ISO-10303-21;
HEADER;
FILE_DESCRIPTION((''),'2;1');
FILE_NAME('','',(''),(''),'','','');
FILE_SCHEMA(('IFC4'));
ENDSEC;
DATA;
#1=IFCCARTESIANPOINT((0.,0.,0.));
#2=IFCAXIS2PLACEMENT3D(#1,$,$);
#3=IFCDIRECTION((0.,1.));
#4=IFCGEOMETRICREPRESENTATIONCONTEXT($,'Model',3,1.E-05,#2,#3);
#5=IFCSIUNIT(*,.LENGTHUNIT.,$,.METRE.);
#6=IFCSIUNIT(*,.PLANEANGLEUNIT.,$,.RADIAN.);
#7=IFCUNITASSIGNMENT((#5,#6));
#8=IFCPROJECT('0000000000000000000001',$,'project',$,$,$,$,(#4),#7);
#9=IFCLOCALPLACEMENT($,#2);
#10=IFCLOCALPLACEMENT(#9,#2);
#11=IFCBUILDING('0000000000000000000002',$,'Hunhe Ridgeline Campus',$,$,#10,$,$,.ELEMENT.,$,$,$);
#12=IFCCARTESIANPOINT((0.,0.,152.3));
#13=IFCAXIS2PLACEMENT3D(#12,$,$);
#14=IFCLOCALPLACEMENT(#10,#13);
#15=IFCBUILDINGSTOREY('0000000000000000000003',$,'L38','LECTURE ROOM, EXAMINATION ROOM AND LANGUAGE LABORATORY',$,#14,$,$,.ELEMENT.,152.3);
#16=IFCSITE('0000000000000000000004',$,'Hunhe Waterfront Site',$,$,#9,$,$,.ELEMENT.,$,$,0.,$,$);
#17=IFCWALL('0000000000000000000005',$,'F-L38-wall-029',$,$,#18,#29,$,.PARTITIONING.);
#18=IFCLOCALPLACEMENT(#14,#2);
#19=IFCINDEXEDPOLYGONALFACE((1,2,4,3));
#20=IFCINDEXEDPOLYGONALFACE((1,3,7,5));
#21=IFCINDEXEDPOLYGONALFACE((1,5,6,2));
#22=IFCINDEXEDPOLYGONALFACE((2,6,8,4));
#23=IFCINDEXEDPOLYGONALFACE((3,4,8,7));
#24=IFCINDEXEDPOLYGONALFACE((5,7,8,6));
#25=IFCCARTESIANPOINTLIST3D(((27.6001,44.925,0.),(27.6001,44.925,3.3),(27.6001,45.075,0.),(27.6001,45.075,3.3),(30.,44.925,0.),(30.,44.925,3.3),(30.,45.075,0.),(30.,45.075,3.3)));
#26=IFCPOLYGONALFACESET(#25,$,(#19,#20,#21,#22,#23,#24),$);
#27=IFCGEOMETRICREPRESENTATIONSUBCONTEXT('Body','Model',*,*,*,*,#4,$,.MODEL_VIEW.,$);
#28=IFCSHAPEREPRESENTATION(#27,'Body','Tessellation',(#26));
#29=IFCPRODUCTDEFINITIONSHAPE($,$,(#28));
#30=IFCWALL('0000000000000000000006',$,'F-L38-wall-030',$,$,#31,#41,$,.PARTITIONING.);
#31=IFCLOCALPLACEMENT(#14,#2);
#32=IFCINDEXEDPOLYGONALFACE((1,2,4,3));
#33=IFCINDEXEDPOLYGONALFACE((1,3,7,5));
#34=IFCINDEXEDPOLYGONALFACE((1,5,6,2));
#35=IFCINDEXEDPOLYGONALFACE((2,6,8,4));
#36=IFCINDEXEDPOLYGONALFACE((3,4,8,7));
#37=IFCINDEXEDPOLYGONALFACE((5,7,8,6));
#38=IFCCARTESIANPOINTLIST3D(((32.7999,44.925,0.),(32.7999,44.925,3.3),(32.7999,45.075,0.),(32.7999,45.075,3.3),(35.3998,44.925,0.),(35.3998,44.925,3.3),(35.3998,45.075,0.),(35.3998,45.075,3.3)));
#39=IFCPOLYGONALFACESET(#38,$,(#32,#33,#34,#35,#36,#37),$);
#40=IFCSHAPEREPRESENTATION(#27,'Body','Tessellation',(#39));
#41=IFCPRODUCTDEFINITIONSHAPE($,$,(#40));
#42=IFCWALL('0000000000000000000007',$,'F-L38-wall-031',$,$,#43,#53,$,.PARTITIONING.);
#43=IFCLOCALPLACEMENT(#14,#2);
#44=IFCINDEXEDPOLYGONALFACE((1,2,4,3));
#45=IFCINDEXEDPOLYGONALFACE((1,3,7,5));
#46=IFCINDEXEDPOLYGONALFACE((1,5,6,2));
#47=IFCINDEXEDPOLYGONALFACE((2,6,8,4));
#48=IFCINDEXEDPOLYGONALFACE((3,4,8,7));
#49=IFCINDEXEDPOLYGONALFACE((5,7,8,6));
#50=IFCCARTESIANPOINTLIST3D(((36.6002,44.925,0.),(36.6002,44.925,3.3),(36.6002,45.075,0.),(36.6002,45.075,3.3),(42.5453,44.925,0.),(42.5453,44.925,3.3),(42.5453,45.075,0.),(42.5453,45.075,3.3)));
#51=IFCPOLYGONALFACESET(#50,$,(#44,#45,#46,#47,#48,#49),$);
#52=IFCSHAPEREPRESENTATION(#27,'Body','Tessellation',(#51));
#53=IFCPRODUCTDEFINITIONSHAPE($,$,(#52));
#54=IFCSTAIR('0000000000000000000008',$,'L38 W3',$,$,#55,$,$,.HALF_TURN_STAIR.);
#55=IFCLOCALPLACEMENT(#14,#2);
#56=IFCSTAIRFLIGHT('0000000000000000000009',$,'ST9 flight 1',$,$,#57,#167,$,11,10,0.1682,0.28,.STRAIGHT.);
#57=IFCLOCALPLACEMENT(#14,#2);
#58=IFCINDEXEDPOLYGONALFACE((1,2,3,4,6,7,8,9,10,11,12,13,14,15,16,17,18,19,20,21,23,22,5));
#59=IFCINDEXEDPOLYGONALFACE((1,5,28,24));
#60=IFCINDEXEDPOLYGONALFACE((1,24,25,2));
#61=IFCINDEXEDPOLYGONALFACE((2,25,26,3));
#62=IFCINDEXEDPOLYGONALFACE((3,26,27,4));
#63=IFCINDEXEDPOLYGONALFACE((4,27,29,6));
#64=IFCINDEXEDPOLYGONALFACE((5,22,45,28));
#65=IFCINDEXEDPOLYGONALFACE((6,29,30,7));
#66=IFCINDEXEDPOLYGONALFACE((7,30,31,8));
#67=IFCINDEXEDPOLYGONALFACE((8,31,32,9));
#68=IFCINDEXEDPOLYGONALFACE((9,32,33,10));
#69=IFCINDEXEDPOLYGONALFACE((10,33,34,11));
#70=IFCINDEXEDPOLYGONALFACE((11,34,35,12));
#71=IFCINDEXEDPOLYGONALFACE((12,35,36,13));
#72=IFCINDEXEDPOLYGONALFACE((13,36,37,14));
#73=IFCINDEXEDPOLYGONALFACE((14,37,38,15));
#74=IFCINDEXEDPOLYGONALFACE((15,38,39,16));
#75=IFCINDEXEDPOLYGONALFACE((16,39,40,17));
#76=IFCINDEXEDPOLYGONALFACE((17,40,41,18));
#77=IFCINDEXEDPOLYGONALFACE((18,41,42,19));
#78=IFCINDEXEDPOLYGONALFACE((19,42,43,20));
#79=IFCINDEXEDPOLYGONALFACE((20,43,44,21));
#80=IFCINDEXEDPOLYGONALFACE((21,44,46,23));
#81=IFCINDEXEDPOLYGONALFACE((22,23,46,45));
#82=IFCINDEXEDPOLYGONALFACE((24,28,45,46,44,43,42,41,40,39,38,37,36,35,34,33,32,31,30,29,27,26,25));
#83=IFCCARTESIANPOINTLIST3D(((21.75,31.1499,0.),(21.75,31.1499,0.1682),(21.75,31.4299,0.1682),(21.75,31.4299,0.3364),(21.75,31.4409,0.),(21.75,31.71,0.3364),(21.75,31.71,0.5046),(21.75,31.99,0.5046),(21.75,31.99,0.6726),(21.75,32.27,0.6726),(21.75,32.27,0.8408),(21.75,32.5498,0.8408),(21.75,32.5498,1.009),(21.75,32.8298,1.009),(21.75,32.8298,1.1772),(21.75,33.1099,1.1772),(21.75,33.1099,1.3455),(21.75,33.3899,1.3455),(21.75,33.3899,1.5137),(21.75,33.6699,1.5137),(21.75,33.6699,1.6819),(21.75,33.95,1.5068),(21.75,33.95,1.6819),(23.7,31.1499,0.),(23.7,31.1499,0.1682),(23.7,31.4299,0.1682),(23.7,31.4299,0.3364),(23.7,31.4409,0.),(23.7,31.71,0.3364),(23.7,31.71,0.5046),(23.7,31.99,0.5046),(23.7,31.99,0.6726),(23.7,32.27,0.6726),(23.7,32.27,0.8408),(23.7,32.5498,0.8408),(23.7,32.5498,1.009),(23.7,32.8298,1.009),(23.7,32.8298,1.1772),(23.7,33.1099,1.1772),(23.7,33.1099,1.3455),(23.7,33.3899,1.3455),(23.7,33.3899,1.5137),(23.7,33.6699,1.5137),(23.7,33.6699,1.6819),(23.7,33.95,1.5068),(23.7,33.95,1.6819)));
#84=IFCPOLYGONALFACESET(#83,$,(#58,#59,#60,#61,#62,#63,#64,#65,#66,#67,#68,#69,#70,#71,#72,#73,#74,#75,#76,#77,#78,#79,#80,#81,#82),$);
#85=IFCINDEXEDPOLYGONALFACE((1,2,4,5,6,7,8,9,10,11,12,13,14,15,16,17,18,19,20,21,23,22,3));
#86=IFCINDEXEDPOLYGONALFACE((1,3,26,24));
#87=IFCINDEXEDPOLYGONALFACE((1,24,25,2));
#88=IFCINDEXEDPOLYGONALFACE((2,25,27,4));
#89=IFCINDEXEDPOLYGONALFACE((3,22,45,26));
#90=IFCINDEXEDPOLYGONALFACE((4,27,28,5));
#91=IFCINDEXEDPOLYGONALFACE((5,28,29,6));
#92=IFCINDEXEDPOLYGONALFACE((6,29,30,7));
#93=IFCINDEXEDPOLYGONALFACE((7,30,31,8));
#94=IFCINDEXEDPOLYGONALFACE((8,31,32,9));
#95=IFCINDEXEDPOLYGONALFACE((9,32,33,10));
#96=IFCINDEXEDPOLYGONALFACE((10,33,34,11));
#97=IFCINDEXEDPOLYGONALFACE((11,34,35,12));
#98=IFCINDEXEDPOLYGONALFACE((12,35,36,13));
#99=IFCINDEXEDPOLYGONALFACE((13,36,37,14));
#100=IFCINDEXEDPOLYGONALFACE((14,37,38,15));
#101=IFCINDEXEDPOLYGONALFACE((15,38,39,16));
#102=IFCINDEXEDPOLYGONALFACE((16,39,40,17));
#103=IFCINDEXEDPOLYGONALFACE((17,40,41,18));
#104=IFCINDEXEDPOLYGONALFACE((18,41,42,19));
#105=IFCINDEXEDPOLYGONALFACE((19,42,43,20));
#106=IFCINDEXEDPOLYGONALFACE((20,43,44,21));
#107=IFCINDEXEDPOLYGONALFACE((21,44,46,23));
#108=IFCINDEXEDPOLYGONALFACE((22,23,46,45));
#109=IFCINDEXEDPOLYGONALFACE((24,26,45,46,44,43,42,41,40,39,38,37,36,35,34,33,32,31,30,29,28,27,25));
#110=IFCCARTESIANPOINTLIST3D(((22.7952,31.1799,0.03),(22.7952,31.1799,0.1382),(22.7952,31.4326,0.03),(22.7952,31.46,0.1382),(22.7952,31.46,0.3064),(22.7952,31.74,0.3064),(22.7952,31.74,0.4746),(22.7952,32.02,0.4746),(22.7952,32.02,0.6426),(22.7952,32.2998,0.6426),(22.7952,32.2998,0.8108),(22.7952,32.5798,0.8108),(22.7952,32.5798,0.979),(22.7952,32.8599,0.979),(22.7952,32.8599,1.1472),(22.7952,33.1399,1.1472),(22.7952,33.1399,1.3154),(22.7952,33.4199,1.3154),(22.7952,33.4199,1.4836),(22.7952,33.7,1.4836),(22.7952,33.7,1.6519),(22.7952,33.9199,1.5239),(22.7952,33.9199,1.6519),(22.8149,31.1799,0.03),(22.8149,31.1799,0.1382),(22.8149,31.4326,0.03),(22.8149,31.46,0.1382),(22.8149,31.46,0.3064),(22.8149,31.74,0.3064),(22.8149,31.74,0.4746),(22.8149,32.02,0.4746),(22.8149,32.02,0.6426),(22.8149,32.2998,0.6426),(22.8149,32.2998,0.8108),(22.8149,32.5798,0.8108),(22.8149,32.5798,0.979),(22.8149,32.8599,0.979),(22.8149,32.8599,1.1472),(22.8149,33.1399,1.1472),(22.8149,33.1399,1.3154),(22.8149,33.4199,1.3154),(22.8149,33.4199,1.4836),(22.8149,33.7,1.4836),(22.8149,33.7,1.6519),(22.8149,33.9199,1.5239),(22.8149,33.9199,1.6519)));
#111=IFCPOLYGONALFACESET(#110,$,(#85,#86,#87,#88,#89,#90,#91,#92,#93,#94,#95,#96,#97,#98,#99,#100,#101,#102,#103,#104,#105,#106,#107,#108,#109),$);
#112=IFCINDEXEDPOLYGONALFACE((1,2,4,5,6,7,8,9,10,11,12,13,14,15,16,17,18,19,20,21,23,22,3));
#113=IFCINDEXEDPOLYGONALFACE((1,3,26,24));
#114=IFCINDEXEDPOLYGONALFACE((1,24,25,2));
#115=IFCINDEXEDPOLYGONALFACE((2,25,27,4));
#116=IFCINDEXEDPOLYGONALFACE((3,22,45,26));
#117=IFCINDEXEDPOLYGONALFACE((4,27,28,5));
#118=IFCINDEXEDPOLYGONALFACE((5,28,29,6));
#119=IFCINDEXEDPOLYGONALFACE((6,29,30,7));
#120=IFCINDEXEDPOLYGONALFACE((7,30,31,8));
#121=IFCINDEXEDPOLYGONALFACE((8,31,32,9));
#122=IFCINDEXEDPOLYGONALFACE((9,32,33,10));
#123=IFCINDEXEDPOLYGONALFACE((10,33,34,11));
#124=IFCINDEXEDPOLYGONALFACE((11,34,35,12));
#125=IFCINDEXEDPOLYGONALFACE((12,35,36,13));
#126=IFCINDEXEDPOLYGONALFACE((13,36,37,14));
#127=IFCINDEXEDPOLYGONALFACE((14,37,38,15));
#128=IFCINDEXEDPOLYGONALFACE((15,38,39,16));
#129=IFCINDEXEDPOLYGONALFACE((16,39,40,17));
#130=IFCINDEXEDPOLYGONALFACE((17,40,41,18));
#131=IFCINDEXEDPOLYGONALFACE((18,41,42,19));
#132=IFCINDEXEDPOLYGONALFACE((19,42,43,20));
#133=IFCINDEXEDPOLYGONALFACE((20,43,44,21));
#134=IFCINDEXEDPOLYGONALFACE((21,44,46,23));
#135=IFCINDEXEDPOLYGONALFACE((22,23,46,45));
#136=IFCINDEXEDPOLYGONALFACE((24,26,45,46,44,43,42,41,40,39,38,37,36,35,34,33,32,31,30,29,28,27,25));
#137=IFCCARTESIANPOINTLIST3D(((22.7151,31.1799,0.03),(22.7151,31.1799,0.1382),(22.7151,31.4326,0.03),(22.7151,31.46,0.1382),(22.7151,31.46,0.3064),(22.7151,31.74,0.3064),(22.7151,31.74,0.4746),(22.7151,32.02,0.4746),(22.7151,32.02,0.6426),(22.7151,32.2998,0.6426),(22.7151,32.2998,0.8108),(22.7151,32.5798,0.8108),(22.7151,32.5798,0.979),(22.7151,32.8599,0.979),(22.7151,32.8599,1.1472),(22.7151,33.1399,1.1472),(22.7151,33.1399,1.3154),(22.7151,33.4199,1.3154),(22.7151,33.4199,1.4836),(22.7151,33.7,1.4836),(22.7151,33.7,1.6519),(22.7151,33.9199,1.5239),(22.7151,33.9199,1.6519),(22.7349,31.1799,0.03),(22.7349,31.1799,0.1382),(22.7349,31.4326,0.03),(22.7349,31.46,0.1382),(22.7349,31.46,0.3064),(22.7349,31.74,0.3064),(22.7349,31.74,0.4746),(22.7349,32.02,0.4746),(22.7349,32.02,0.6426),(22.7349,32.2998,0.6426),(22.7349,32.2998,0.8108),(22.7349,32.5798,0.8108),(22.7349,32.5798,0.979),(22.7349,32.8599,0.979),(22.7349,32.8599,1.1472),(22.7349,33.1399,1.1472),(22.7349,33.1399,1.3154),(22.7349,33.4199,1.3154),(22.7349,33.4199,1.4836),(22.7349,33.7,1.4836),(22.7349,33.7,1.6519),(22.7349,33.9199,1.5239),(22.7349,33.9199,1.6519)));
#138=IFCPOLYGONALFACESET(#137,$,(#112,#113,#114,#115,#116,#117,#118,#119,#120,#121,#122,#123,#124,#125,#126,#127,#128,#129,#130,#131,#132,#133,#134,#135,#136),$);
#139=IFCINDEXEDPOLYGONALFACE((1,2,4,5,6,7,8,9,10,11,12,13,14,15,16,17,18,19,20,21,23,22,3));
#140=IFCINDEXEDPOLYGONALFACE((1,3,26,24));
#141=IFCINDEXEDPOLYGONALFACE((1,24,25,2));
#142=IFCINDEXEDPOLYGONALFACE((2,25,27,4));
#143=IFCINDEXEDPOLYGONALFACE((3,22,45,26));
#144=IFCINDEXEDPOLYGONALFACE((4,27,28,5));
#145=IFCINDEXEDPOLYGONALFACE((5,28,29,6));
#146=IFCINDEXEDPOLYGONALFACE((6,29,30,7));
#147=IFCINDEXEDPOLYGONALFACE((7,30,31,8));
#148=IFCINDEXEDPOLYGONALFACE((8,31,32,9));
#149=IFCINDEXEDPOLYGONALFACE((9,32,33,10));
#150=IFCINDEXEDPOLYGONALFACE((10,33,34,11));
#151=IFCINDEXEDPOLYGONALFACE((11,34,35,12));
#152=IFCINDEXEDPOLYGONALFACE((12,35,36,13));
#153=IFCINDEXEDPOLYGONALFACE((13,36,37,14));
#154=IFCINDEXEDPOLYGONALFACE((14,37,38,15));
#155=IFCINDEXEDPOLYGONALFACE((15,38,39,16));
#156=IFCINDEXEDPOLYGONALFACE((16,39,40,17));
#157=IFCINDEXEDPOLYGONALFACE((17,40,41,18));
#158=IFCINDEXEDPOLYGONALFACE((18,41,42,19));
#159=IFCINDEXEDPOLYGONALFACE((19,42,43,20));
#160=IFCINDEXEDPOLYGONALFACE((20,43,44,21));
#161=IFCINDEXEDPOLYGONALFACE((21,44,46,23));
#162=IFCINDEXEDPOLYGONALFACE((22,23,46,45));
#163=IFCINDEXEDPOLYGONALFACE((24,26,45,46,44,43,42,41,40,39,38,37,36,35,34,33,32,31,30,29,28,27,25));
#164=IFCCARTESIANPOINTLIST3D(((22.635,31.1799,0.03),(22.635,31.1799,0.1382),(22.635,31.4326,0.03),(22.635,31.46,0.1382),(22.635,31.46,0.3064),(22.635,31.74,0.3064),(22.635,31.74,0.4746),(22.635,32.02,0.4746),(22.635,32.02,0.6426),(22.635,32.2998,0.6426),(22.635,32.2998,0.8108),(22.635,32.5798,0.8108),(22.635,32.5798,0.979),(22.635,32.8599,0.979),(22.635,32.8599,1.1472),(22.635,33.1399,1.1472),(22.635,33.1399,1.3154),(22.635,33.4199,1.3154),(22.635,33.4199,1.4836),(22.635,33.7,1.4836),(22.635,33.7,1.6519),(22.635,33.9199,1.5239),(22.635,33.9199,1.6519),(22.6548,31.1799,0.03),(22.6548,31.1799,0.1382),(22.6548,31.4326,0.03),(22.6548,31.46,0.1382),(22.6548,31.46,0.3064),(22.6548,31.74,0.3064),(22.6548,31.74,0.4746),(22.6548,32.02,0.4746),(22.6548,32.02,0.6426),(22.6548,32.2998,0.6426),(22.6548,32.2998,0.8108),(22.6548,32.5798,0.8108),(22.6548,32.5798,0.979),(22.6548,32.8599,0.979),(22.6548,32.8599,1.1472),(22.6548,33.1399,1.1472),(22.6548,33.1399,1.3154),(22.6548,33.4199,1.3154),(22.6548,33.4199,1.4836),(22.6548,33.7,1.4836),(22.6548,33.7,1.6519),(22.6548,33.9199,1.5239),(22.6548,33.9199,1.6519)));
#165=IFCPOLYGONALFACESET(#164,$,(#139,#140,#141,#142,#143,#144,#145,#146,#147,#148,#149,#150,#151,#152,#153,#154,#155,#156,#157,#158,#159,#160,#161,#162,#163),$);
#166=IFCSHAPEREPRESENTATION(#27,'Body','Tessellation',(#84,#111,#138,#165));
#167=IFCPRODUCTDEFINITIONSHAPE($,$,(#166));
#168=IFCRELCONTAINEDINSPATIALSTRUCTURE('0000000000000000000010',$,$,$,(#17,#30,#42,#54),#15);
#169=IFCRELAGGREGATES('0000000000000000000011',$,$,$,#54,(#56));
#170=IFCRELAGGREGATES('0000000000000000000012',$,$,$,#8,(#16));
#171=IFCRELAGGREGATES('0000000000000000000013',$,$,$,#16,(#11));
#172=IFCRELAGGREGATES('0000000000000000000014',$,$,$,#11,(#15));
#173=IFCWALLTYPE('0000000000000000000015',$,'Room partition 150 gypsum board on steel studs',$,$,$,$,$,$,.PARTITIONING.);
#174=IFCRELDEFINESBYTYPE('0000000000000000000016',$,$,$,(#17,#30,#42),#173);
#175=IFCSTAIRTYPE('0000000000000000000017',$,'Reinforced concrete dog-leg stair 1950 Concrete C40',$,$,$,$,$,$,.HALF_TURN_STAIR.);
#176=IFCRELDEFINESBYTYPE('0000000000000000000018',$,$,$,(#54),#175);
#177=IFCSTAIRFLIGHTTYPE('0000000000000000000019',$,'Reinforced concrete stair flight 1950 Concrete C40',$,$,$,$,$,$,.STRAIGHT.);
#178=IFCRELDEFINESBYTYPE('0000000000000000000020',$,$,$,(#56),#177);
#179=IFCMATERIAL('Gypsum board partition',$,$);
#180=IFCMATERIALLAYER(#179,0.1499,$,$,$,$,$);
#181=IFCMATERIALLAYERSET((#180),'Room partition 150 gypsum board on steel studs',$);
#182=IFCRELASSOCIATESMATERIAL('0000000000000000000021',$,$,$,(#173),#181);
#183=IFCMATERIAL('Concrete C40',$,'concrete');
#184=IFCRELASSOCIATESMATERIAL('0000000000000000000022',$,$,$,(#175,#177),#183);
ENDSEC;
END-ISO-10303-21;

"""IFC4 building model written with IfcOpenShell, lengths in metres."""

from ifc_helpers import new_model, si_unit, direction, frame, frame_2d, origin, place, context, subcontext, project, spatial, polyline, rectangle, outline, extrude, material, layer, layer_set, type_object, element, aggregate, save


model = new_model("IFC4")

# Units and contexts
model_context = context("Model", 3, precision=1e-05, world=origin(), true_north=direction((0.0, 1.0)))
body_context = subcontext(model_context, "Body", "Model", "MODEL_VIEW")
ifc_project = project(units=[si_unit("LENGTHUNIT", "METRE"), si_unit("PLANEANGLEUNIT", "RADIAN")], contexts=[model_context])

# Site, building, storey
site_placement = place(None, origin())
site = spatial("IfcSite", under=ifc_project, at=site_placement, Name="Hunhe Waterfront Site", CompositionType="ELEMENT", RefElevation=0.0)
building_placement = place(site_placement, origin())
building = spatial("IfcBuilding", under=site, at=building_placement, Name="Hunhe Ridgeline Campus", CompositionType="ELEMENT")
storey_placement = place(building_placement, frame((0.0, 0.0, 152.3)))
storey = spatial("IfcBuildingStorey", under=building, at=storey_placement, Name="L38", Description="LECTURE ROOM, EXAMINATION ROOM AND LANGUAGE LABORATORY", CompositionType="ELEMENT", Elevation=152.3)

# Walls
ifc_material_1 = material(Name="Gypsum board partition")
ifc_layer_1 = layer(ifc_material_1, 0.1499)
ifc_layer_set_1 = layer_set([ifc_layer_1], Name="Room partition 150 gypsum board on steel studs")
wall_type_1 = type_object("IfcWallType", Name="Room partition 150 gypsum board on steel studs", PredefinedType="PARTITIONING", material=ifc_layer_set_1)
wall_1_placement = place(storey_placement, frame((27.6001, 45.0, 0.0), z_axis=(0.0, 0.0, 1.0), x_axis=(1.0, 0.0, 0.0)))
element("IfcWall", 1, at=wall_1_placement, inside=storey, type_object=wall_type_1, Name="F-L38-wall-029", PredefinedType="PARTITIONING", context=body_context, shape_type="SweptSolid", body=[
    extrude(rectangle(XDim=2.3999, YDim=0.1499, at=frame_2d((1.2, 0.0))), origin(), (0.0, 0.0, 1.0), 3.3),
])
wall_2_placement = place(storey_placement, frame((32.8, 45.0, 0.0), z_axis=(0.0, 0.0, 1.0), x_axis=(1.0, 0.0, 0.0)))
element("IfcWall", 2, at=wall_2_placement, inside=storey, type_object=wall_type_1, Name="F-L38-wall-030", PredefinedType="PARTITIONING", context=body_context, shape_type="SweptSolid", body=[
    extrude(rectangle(XDim=2.5999, YDim=0.1499, at=frame_2d((1.2998, 0.0))), origin(), (0.0, 0.0, 1.0), 3.3),
])
wall_3_placement = place(storey_placement, frame((36.6001, 45.0, 0.0), z_axis=(0.0, 0.0, 1.0), x_axis=(1.0, 0.0, 0.0)))
element("IfcWall", 3, at=wall_3_placement, inside=storey, type_object=wall_type_1, Name="F-L38-wall-031", PredefinedType="PARTITIONING", context=body_context, shape_type="SweptSolid", body=[
    extrude(rectangle(XDim=5.9451, YDim=0.1499, at=frame_2d((2.9727, 0.0))), origin(), (0.0, 0.0, 1.0), 3.3),
])

# Stair, stair flight
ifc_material_2 = material(Name="Concrete C40", Category="concrete")
stair_type = type_object("IfcStairType", Name="Reinforced concrete dog-leg stair 1950 Concrete C40", PredefinedType="HALF_TURN_STAIR", material=ifc_material_2)
stair_placement = place(storey_placement, origin())
stair = element("IfcStair", 4, at=stair_placement, inside=storey, type_object=stair_type, Name="L38 W3", PredefinedType="HALF_TURN_STAIR")
stair_flight_type = type_object("IfcStairFlightType", Name="Reinforced concrete stair flight 1950 Concrete C40", PredefinedType="STRAIGHT", material=ifc_material_2)
stair_flight_1_placement = place(storey_placement, frame((22.7251, 31.1499, 0.0), z_axis=(0.0, 0.0, 1.0), x_axis=(0.0, 1.0, 0.0)))
stair_flight_1 = element("IfcStairFlight", 5, at=stair_flight_1_placement, type_object=stair_flight_type, Name="ST9 flight 1", NumberOfRisers=11, NumberOfTreads=10, PredefinedType="STRAIGHT", RiserHeight=0.1682, TreadLength=0.28, context=body_context, shape_type="SweptSolid", body=[
    extrude(outline(polyline([(0.0, 0.0), (0.0, 0.1682), (0.28, 0.1682), (0.28, 0.3364), (0.5601, 0.3364), (0.5601, 0.5046), (0.8401, 0.5046), (0.8401, 0.6726), (1.1201, 0.6726), (1.1201, 0.8408), (1.3999, 0.8408), (1.3999, 1.009), (1.6799, 1.009), (1.6799, 1.1772), (1.96, 1.1772), (1.96, 1.3455), (2.24, 1.3455), (2.24, 1.5137), (2.52, 1.5137), (2.52, 1.6819), (2.8, 1.6819), (2.8, 1.8501), (2.8, 1.5068), (0.291, 0.0), (0.0, 0.0)])), frame((0.0, 0.9751, 0.0), z_axis=(0.0, -1.0, 0.0), x_axis=(1.0, 0.0, 0.0)), (0.0, 0.0, 1.0), 1.95),
    extrude(outline(polyline([(0.03, 0.03), (0.03, 0.1382), (0.3101, 0.1382), (0.3101, 0.3064), (0.5901, 0.3064), (0.5901, 0.4746), (0.8701, 0.4746), (0.8701, 0.6426), (1.1499, 0.6426), (1.1499, 0.8108), (1.4299, 0.8108), (1.4299, 0.979), (1.71, 0.979), (1.71, 1.1472), (1.99, 1.1472), (1.99, 1.3154), (2.27, 1.3154), (2.27, 1.4836), (2.55, 1.4836), (2.55, 1.6519), (2.77, 1.6519), (2.77, 1.5239), (0.2827, 0.03), (0.03, 0.03)])), frame((0.0, -0.0701, 0.0), z_axis=(0.0, -1.0, 0.0), x_axis=(1.0, 0.0, 0.0)), (0.0, 0.0, 1.0), 0.0198),
    extrude(outline(polyline([(0.03, 0.03), (0.03, 0.1382), (0.3101, 0.1382), (0.3101, 0.3064), (0.5901, 0.3064), (0.5901, 0.4746), (0.8701, 0.4746), (0.8701, 0.6426), (1.1499, 0.6426), (1.1499, 0.8108), (1.4299, 0.8108), (1.4299, 0.979), (1.71, 0.979), (1.71, 1.1472), (1.99, 1.1472), (1.99, 1.3154), (2.27, 1.3154), (2.27, 1.4836), (2.55, 1.4836), (2.55, 1.6519), (2.77, 1.6519), (2.77, 1.5239), (0.2827, 0.03), (0.03, 0.03)])), frame((0.0, 0.01, 0.0), z_axis=(0.0, -1.0, 0.0), x_axis=(1.0, 0.0, 0.0)), (0.0, 0.0, 1.0), 0.0198),
    extrude(outline(polyline([(0.03, 0.03), (0.03, 0.1382), (0.3101, 0.1382), (0.3101, 0.3064), (0.5901, 0.3064), (0.5901, 0.4746), (0.8701, 0.4746), (0.8701, 0.6426), (1.1499, 0.6426), (1.1499, 0.8108), (1.4299, 0.8108), (1.4299, 0.979), (1.71, 0.979), (1.71, 1.1472), (1.99, 1.1472), (1.99, 1.3154), (2.27, 1.3154), (2.27, 1.4836), (2.55, 1.4836), (2.55, 1.6519), (2.77, 1.6519), (2.77, 1.5239), (0.2827, 0.03), (0.03, 0.03)])), frame((0.0, 0.0901, 0.0), z_axis=(0.0, -1.0, 0.0), x_axis=(1.0, 0.0, 0.0)), (0.0, 0.0, 1.0), 0.0198),
])
aggregate(stair, [stair_flight_1])

save(model, "model.ifc")
